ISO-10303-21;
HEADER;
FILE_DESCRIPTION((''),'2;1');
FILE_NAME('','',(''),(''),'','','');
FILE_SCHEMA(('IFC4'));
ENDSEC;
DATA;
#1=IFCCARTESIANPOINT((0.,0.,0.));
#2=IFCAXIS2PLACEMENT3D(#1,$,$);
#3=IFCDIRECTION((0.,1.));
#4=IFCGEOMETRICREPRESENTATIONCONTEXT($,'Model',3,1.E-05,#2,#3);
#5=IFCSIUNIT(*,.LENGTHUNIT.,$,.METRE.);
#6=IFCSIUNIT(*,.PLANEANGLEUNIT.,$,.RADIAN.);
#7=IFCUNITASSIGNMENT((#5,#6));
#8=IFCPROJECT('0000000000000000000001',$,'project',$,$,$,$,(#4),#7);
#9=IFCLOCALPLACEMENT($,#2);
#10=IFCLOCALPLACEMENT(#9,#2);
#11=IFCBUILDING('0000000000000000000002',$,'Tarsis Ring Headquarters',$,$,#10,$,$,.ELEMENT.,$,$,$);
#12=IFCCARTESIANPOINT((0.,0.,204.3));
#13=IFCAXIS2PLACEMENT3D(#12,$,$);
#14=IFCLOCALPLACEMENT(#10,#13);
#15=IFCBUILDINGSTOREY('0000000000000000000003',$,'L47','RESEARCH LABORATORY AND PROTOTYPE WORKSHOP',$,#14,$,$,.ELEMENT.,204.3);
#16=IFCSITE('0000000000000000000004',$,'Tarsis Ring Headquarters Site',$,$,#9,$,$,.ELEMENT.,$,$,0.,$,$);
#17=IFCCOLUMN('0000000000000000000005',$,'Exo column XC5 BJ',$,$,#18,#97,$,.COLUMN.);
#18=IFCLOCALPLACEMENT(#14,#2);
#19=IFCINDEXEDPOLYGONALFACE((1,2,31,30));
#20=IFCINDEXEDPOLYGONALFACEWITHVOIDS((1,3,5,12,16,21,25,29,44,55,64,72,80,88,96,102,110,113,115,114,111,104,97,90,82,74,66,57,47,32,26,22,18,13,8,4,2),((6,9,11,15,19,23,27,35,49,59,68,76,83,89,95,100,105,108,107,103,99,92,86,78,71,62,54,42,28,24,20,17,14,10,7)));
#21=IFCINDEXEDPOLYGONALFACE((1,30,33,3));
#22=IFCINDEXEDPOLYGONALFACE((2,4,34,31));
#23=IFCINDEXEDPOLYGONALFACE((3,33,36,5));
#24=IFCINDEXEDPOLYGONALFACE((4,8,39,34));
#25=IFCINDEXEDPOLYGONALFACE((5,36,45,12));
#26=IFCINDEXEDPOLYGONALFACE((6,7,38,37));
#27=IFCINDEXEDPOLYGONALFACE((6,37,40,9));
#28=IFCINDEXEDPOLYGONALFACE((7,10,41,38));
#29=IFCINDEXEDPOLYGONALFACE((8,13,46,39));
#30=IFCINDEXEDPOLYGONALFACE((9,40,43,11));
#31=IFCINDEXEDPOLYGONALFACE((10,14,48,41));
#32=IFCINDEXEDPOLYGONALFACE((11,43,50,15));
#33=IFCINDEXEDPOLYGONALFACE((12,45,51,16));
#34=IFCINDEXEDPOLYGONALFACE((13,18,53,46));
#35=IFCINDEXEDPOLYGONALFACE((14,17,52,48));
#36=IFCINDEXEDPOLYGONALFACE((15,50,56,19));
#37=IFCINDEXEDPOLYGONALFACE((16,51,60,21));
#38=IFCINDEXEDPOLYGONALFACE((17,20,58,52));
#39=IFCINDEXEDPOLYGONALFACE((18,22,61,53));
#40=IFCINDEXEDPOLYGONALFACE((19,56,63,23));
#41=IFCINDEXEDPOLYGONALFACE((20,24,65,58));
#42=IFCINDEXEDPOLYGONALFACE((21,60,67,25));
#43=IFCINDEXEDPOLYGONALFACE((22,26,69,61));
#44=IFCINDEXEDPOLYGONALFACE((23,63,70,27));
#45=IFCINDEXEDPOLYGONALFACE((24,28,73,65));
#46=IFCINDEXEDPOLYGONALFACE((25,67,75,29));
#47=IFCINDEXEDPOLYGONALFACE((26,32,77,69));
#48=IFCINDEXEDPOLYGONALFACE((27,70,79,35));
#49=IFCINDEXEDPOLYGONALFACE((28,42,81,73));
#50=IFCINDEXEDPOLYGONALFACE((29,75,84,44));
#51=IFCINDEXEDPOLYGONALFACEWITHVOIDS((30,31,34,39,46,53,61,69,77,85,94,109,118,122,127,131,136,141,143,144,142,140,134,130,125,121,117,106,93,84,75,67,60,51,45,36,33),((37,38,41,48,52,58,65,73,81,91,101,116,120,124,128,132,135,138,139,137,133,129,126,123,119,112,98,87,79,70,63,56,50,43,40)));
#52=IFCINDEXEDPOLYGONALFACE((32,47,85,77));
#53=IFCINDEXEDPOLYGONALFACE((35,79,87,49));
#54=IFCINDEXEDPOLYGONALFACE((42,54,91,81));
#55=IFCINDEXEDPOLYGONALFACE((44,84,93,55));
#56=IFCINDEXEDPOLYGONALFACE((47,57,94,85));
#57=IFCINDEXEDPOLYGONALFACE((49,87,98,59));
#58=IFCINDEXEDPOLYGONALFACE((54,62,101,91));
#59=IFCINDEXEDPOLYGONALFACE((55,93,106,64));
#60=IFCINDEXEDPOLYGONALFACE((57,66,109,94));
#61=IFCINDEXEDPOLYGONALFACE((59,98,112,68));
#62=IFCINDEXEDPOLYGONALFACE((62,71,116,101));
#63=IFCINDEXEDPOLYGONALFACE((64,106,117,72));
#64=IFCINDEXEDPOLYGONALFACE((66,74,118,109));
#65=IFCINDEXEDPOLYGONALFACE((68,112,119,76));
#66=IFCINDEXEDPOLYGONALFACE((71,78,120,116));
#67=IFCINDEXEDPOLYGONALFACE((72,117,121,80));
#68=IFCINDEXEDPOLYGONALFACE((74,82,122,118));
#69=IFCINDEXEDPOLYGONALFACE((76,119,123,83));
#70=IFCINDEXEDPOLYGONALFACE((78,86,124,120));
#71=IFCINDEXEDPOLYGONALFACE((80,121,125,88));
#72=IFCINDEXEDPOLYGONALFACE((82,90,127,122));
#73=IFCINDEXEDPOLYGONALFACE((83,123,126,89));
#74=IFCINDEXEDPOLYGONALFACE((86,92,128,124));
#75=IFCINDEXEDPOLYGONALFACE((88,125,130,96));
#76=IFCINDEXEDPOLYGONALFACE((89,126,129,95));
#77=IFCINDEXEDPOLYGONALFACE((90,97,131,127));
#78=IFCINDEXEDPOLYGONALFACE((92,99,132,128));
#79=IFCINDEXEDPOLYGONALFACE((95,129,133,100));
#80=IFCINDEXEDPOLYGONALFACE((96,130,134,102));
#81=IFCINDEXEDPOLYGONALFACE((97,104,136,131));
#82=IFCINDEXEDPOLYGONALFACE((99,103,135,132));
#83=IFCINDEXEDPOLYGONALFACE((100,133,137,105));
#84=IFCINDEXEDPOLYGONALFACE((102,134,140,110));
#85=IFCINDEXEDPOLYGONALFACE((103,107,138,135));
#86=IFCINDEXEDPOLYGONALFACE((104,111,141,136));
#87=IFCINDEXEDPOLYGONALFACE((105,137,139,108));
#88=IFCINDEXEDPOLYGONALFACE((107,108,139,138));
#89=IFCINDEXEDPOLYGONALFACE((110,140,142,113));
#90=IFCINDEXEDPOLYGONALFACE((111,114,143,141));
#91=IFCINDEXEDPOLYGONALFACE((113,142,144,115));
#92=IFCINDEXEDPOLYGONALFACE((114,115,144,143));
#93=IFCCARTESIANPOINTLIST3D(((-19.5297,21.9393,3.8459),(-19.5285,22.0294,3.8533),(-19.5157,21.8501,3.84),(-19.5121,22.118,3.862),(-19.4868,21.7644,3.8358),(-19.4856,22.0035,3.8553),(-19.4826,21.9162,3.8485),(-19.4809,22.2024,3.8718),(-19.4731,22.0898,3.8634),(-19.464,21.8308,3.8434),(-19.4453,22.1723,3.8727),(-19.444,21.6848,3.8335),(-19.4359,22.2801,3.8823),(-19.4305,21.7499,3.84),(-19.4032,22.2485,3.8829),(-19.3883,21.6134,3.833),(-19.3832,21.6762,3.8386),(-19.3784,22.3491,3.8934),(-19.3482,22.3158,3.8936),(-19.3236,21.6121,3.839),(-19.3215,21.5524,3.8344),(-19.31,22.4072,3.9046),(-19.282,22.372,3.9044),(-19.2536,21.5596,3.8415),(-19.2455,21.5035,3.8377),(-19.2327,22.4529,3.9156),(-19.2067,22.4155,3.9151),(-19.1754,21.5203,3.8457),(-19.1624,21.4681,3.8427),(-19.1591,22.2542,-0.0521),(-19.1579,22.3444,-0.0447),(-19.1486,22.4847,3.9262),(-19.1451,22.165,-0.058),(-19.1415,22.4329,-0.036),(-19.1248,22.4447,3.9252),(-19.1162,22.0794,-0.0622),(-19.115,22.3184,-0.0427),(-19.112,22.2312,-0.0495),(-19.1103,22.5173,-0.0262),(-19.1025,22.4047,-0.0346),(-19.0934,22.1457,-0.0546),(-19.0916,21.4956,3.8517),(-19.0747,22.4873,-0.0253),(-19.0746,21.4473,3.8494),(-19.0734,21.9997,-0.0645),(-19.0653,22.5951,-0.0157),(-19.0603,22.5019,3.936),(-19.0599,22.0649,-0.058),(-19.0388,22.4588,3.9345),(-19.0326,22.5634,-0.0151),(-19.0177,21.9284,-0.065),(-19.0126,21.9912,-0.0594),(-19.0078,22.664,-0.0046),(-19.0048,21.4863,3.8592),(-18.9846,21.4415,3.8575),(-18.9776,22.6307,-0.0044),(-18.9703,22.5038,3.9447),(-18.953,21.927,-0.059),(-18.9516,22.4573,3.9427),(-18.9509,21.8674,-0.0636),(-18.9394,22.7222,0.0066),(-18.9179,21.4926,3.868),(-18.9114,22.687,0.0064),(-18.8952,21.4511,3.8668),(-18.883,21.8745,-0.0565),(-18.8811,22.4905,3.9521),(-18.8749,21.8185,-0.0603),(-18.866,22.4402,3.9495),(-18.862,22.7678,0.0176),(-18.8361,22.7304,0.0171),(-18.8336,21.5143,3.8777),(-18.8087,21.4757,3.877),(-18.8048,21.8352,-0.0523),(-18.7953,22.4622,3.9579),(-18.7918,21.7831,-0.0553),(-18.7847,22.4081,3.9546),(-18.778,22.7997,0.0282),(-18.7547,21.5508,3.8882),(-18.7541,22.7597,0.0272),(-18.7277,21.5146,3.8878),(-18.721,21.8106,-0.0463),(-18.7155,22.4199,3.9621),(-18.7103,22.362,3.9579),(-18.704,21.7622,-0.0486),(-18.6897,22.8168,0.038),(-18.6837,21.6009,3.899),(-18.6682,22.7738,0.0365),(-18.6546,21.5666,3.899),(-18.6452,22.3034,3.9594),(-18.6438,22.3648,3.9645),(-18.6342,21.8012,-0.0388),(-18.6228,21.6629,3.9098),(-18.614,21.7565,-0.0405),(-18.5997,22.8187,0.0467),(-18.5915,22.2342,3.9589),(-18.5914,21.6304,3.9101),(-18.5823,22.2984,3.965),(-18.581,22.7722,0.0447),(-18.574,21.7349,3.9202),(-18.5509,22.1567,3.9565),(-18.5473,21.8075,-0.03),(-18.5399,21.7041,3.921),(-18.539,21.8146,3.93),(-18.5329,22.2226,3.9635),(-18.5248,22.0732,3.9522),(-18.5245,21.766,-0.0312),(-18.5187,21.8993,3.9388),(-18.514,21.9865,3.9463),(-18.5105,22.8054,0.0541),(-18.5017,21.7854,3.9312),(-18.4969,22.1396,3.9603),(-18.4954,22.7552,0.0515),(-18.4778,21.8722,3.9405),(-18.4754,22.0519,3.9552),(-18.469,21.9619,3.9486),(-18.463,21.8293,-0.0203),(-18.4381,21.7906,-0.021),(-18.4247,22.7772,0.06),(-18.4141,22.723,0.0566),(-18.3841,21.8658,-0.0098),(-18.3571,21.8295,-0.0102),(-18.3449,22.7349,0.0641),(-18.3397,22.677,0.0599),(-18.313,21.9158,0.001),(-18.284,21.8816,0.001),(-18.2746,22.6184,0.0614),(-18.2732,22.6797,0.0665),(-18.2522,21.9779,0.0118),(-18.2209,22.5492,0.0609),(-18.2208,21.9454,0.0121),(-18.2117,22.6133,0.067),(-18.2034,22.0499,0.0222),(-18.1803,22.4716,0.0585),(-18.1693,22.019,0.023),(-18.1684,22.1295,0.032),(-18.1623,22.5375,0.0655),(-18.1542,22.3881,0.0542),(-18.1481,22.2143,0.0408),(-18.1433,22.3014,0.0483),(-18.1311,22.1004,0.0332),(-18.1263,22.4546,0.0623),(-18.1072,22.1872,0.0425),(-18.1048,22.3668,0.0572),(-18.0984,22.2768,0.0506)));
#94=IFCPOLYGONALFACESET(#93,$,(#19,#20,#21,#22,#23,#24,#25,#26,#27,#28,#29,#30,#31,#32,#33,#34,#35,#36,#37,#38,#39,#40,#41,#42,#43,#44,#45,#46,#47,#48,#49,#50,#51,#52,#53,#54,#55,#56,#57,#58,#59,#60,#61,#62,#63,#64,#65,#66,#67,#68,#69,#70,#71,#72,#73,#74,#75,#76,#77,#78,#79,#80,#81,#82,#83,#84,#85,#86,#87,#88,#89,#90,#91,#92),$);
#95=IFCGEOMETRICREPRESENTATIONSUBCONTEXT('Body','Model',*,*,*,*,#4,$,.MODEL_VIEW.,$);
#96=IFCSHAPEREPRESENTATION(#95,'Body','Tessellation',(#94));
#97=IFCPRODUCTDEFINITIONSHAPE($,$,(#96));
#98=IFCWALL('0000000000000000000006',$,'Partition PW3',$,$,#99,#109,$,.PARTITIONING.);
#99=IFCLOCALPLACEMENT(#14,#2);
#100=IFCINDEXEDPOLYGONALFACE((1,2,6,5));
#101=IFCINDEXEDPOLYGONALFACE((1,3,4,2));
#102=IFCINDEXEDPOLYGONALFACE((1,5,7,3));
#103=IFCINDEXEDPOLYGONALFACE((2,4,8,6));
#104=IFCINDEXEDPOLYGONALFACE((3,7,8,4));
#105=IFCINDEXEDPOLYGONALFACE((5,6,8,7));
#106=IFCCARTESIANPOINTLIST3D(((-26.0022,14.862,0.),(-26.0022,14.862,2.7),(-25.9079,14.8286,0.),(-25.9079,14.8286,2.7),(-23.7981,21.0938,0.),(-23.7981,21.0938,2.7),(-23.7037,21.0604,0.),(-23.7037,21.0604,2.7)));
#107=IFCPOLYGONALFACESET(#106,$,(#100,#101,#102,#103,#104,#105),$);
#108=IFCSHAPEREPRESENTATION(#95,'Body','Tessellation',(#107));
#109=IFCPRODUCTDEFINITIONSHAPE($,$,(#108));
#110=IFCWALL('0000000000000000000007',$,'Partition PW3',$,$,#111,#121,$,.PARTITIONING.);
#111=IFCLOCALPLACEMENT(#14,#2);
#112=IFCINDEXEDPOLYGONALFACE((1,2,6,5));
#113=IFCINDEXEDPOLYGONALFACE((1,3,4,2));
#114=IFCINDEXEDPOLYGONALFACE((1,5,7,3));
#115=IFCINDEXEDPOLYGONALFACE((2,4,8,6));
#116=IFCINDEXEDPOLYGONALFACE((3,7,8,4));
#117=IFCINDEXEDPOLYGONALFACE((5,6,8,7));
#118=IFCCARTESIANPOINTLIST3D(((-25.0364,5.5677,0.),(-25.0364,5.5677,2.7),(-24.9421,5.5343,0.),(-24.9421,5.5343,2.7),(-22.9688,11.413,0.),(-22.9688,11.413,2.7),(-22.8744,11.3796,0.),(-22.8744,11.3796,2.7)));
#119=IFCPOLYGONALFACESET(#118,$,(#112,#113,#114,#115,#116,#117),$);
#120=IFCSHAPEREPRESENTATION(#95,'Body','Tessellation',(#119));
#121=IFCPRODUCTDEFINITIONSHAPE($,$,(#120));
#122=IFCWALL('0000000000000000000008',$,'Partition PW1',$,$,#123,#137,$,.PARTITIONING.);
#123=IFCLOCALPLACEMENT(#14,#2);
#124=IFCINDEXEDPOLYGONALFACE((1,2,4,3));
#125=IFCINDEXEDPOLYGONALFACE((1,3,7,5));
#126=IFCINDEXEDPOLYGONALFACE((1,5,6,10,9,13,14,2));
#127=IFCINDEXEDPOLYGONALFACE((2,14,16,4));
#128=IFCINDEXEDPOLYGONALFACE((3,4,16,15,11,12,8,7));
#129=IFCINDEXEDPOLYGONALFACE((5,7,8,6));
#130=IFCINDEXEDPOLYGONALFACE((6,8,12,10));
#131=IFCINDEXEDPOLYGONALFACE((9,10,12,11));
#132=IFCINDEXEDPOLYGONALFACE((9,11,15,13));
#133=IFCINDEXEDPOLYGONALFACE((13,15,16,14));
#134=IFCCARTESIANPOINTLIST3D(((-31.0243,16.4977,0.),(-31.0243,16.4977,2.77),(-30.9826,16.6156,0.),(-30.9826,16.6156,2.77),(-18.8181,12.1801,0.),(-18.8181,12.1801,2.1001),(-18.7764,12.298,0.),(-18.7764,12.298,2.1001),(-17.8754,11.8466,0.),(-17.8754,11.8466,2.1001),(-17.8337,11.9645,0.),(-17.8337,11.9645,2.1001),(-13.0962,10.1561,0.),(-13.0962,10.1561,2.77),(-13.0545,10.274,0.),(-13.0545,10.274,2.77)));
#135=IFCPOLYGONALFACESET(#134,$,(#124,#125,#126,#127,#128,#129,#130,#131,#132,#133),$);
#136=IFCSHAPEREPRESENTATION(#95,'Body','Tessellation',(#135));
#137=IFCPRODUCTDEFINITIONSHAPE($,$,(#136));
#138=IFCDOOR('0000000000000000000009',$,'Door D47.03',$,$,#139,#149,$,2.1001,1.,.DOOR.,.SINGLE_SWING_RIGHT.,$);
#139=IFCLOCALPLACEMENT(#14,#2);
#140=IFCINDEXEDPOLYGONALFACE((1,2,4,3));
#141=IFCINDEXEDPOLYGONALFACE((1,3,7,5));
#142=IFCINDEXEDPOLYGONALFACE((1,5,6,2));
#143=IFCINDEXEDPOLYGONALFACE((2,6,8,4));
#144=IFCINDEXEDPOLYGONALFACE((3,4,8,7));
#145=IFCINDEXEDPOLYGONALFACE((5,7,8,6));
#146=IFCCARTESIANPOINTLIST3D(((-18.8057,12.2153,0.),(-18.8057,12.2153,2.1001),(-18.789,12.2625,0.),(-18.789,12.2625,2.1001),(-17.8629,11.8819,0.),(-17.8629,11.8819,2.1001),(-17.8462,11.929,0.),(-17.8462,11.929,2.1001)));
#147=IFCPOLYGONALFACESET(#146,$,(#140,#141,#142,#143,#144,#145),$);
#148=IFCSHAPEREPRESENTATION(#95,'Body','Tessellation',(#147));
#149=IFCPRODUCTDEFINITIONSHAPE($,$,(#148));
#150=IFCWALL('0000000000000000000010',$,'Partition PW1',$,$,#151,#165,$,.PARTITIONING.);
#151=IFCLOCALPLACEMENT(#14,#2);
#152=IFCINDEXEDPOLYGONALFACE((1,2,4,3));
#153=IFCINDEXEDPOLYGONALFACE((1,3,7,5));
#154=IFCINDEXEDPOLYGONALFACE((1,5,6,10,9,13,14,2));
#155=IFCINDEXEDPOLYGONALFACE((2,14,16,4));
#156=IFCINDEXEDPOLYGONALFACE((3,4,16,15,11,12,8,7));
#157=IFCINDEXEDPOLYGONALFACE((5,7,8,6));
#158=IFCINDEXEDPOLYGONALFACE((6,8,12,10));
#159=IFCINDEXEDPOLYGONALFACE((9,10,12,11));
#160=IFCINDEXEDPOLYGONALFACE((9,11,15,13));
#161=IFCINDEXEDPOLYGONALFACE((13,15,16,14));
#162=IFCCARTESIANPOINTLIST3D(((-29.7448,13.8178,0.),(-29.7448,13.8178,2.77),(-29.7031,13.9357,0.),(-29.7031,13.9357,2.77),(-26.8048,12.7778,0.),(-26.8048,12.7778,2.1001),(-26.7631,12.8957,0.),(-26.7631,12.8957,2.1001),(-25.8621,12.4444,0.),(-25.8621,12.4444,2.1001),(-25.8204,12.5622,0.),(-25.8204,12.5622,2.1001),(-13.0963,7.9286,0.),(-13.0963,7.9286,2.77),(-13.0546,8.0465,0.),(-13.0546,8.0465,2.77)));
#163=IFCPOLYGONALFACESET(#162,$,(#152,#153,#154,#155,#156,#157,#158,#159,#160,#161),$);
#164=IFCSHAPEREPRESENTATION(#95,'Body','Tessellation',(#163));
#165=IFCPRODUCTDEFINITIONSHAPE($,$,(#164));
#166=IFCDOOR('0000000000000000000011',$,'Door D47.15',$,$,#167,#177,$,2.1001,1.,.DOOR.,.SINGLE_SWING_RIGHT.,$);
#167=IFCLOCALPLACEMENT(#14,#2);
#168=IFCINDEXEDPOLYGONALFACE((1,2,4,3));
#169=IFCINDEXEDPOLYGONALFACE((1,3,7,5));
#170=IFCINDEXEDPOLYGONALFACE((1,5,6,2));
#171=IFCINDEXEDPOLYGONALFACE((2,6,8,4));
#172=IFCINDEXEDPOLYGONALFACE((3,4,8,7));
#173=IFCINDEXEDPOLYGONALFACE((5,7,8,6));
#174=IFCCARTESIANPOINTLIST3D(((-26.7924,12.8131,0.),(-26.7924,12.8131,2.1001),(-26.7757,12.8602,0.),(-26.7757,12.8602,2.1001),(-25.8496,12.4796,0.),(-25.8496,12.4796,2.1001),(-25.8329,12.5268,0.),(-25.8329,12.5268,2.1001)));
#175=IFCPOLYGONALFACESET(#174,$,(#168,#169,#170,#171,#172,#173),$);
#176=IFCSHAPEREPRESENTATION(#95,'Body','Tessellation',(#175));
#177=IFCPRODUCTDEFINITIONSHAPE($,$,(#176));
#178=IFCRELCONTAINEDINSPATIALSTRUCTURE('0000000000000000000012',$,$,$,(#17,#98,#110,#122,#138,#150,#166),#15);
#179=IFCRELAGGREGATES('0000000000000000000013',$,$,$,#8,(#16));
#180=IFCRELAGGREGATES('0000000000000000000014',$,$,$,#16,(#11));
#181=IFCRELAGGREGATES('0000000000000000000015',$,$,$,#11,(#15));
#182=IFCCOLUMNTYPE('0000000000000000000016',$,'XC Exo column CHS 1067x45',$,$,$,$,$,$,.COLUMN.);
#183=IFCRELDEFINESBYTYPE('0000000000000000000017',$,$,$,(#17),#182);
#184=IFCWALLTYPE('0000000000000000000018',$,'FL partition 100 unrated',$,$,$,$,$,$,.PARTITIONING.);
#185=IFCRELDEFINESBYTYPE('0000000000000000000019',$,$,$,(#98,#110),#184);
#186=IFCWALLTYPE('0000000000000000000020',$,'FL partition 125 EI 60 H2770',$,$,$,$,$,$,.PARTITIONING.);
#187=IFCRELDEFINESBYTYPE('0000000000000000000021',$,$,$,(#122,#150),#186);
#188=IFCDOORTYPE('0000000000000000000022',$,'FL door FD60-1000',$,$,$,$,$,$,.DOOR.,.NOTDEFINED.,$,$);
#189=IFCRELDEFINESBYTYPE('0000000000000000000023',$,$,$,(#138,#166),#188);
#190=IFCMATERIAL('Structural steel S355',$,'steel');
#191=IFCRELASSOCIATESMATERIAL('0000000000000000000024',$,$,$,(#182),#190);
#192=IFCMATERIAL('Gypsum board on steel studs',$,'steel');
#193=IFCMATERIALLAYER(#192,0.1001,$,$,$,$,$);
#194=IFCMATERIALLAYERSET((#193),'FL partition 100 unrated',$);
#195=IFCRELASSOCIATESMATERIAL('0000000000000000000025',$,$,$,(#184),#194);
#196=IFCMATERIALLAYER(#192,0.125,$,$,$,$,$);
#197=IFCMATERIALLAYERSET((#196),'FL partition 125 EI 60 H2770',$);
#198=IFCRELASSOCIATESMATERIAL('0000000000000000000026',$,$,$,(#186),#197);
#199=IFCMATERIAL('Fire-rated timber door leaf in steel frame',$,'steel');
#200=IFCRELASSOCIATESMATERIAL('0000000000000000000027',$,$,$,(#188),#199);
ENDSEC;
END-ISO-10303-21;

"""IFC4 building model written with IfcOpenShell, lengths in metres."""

from ifc_helpers import new_model, si_unit, direction, frame, frame_2d, origin, origin_2d, place, context, subcontext, project, spatial, rectangle, hollow_circle, extrude, material, layer, layer_set, material_profile, profile_set, type_object, element, fill, save


model = new_model("IFC4")

# Units and contexts
model_context = context("Model", 3, precision=1e-05, world=origin(), true_north=direction((0.0, 1.0)))
body_context = subcontext(model_context, "Body", "Model", "MODEL_VIEW")
ifc_project = project(units=[si_unit("LENGTHUNIT", "METRE"), si_unit("PLANEANGLEUNIT", "RADIAN")], contexts=[model_context])

# Site, building, storey
site_placement = place(None, origin())
site = spatial("IfcSite", under=ifc_project, at=site_placement, Name="Tarsis Ring Headquarters Site", CompositionType="ELEMENT", RefElevation=0.0)
building_placement = place(site_placement, origin())
building = spatial("IfcBuilding", under=site, at=building_placement, Name="Tarsis Ring Headquarters", CompositionType="ELEMENT")
storey_placement = place(building_placement, frame((0.0, 0.0, 204.3)))
storey = spatial("IfcBuildingStorey", under=building, at=storey_placement, Name="L47", Description="RESEARCH LABORATORY AND PROTOTYPE WORKSHOP", CompositionType="ELEMENT", Elevation=204.3)

# Column
ifc_material_1 = material(Name="Structural steel S355", Category="steel")
ifc_material_profile = material_profile(ifc_material_1, hollow_circle(Radius=0.5334, WallThickness=0.0449, at=origin_2d()), Name="CHS 1067x45")
ifc_profile_set = profile_set([ifc_material_profile], Name="Structural steel S355")
column_type = type_object("IfcColumnType", Name="XC Exo column CHS 1067x45", PredefinedType="COLUMN", material=ifc_profile_set)
column_placement = place(storey_placement, frame((-18.6294, 22.2881, 0.001), z_axis=(-0.094346, -0.080175, 0.992306), x_axis=(0.647561, -0.762014, 0.0)))
element("IfcColumn", 1, at=column_placement, inside=storey, type_object=column_type, Name="Exo column XC5 BJ", PredefinedType="COLUMN", context=body_context, shape_type="SweptSolid", body=[
    extrude(hollow_circle(Radius=0.5334, WallThickness=0.0449, at=origin_2d()), origin(), (0.0, 0.0, 1.0), 3.9282),
])

# Walls
ifc_material_2 = material(Name="Gypsum board on steel studs", Category="steel")
ifc_layer_1 = layer(ifc_material_2, 0.1001)
ifc_layer_set_1 = layer_set([ifc_layer_1], Name="FL partition 100 unrated")
wall_type_1 = type_object("IfcWallType", Name="FL partition 100 unrated", PredefinedType="PARTITIONING", material=ifc_layer_set_1)
wall_1_placement = place(storey_placement, frame((-25.9551, 14.8452, 0.0), z_axis=(0.0, 0.0, 1.0), x_axis=(0.33345, 0.942768, 0.0)))
element("IfcWall", 2, at=wall_1_placement, inside=storey, type_object=wall_type_1, Name="Partition PW3", PredefinedType="PARTITIONING", context=body_context, shape_type="SweptSolid", body=[
    extrude(rectangle(XDim=6.6101, YDim=0.1001, at=frame_2d((3.3052, 0.0))), origin(), (0.0, 0.0, 1.0), 2.7),
])
wall_2_placement = place(storey_placement, frame((-24.9893, 5.551, 0.0), z_axis=(0.0, 0.0, 1.0), x_axis=(0.333481, 0.942757, 0.0)))
element("IfcWall", 3, at=wall_2_placement, inside=storey, type_object=wall_type_1, Name="Partition PW3", PredefinedType="PARTITIONING", context=body_context, shape_type="SweptSolid", body=[
    extrude(rectangle(XDim=6.2002, YDim=0.1001, at=frame_2d((3.1001, 0.0))), origin(), (0.0, 0.0, 1.0), 2.7),
])

# Walls, openings, doors
ifc_layer_2 = layer(ifc_material_2, 0.125)
ifc_layer_set_2 = layer_set([ifc_layer_2], Name="FL partition 125 EI 60 H2770")
wall_type_2 = type_object("IfcWallType", Name="FL partition 125 EI 60 H2770", PredefinedType="PARTITIONING", material=ifc_layer_set_2)
wall_3_placement = place(storey_placement, frame((-31.0034, 16.5566, 0.0), z_axis=(0.0, 0.0, 1.0), x_axis=(0.942759, -0.333476, 0.0)))
wall_3 = element("IfcWall", 4, at=wall_3_placement, inside=storey, type_object=wall_type_2, Name="Partition PW1", PredefinedType="PARTITIONING", context=body_context, shape_type="SweptSolid", body=[
    extrude(rectangle(XDim=19.0166, YDim=0.125, at=frame_2d((9.5083, 0.0))), origin(), (0.0, 0.0, 1.0), 2.77),
])
opening_1_placement = place(wall_3_placement, frame((12.9473, 0.0, 0.0)))
opening_1 = element("IfcOpeningElement", 5, at=opening_1_placement, cuts=wall_3, PredefinedType="OPENING", context=body_context, shape_type="SweptSolid", body=[
    extrude(rectangle(XDim=1.0, YDim=2.1001, at=frame_2d((0.5, 1.05))), frame((0.0, 0.0725, 0.0), z_axis=(0.0, -1.0, 0.0), x_axis=(1.0, 0.0, 0.0)), (0.0, 0.0, 1.0), 0.145),
])
ifc_material_3 = material(Name="Fire-rated timber door leaf in steel frame", Category="steel")
door_type = type_object("IfcDoorType", Name="FL door FD60-1000", OperationType="NOTDEFINED", PredefinedType="DOOR", material=ifc_material_3)
door_1_placement = place(opening_1_placement, origin())
door_1 = element("IfcDoor", 6, at=door_1_placement, inside=storey, type_object=door_type, Name="Door D47.03", OperationType="SINGLE_SWING_RIGHT", OverallHeight=2.1001, OverallWidth=1.0, PredefinedType="DOOR", context=body_context, shape_type="SweptSolid", body=[
    extrude(rectangle(XDim=1.0, YDim=2.1001, at=frame_2d((0.5, 1.05))), frame((0.0, 0.0249, 0.0), z_axis=(0.0, -1.0, 0.0), x_axis=(1.0, 0.0, 0.0)), (0.0, 0.0, 1.0), 0.05),
])
fill(opening_1, door_1)
wall_4_placement = place(storey_placement, frame((-29.7239, 13.8767, 0.0), z_axis=(0.0, 0.0, 1.0), x_axis=(0.942755, -0.333487, 0.0)))
wall_4 = element("IfcWall", 7, at=wall_4_placement, inside=storey, type_object=wall_type_2, Name="Partition PW1", PredefinedType="PARTITIONING", context=body_context, shape_type="SweptSolid", body=[
    extrude(rectangle(XDim=17.6594, YDim=0.125, at=frame_2d((8.8296, 0.0))), origin(), (0.0, 0.0, 1.0), 2.77),
])
opening_2_placement = place(wall_4_placement, frame((3.1184, 0.0, 0.0)))
opening_2 = element("IfcOpeningElement", 8, at=opening_2_placement, cuts=wall_4, PredefinedType="OPENING", context=body_context, shape_type="SweptSolid", body=[
    extrude(rectangle(XDim=1.0, YDim=2.1001, at=frame_2d((0.5, 1.05))), frame((0.0, 0.0725, 0.0), z_axis=(0.0, -1.0, 0.0), x_axis=(1.0, 0.0, 0.0)), (0.0, 0.0, 1.0), 0.145),
])
door_2_placement = place(opening_2_placement, origin())
door_2 = element("IfcDoor", 9, at=door_2_placement, inside=storey, type_object=door_type, Name="Door D47.15", OperationType="SINGLE_SWING_RIGHT", OverallHeight=2.1001, OverallWidth=1.0, PredefinedType="DOOR", context=body_context, shape_type="SweptSolid", body=[
    extrude(rectangle(XDim=1.0, YDim=2.1001, at=frame_2d((0.5, 1.05))), frame((0.0, 0.0249, 0.0), z_axis=(0.0, -1.0, 0.0), x_axis=(1.0, 0.0, 0.0)), (0.0, 0.0, 1.0), 0.05),
])
fill(opening_2, door_2)

save(model, "model.ifc")
